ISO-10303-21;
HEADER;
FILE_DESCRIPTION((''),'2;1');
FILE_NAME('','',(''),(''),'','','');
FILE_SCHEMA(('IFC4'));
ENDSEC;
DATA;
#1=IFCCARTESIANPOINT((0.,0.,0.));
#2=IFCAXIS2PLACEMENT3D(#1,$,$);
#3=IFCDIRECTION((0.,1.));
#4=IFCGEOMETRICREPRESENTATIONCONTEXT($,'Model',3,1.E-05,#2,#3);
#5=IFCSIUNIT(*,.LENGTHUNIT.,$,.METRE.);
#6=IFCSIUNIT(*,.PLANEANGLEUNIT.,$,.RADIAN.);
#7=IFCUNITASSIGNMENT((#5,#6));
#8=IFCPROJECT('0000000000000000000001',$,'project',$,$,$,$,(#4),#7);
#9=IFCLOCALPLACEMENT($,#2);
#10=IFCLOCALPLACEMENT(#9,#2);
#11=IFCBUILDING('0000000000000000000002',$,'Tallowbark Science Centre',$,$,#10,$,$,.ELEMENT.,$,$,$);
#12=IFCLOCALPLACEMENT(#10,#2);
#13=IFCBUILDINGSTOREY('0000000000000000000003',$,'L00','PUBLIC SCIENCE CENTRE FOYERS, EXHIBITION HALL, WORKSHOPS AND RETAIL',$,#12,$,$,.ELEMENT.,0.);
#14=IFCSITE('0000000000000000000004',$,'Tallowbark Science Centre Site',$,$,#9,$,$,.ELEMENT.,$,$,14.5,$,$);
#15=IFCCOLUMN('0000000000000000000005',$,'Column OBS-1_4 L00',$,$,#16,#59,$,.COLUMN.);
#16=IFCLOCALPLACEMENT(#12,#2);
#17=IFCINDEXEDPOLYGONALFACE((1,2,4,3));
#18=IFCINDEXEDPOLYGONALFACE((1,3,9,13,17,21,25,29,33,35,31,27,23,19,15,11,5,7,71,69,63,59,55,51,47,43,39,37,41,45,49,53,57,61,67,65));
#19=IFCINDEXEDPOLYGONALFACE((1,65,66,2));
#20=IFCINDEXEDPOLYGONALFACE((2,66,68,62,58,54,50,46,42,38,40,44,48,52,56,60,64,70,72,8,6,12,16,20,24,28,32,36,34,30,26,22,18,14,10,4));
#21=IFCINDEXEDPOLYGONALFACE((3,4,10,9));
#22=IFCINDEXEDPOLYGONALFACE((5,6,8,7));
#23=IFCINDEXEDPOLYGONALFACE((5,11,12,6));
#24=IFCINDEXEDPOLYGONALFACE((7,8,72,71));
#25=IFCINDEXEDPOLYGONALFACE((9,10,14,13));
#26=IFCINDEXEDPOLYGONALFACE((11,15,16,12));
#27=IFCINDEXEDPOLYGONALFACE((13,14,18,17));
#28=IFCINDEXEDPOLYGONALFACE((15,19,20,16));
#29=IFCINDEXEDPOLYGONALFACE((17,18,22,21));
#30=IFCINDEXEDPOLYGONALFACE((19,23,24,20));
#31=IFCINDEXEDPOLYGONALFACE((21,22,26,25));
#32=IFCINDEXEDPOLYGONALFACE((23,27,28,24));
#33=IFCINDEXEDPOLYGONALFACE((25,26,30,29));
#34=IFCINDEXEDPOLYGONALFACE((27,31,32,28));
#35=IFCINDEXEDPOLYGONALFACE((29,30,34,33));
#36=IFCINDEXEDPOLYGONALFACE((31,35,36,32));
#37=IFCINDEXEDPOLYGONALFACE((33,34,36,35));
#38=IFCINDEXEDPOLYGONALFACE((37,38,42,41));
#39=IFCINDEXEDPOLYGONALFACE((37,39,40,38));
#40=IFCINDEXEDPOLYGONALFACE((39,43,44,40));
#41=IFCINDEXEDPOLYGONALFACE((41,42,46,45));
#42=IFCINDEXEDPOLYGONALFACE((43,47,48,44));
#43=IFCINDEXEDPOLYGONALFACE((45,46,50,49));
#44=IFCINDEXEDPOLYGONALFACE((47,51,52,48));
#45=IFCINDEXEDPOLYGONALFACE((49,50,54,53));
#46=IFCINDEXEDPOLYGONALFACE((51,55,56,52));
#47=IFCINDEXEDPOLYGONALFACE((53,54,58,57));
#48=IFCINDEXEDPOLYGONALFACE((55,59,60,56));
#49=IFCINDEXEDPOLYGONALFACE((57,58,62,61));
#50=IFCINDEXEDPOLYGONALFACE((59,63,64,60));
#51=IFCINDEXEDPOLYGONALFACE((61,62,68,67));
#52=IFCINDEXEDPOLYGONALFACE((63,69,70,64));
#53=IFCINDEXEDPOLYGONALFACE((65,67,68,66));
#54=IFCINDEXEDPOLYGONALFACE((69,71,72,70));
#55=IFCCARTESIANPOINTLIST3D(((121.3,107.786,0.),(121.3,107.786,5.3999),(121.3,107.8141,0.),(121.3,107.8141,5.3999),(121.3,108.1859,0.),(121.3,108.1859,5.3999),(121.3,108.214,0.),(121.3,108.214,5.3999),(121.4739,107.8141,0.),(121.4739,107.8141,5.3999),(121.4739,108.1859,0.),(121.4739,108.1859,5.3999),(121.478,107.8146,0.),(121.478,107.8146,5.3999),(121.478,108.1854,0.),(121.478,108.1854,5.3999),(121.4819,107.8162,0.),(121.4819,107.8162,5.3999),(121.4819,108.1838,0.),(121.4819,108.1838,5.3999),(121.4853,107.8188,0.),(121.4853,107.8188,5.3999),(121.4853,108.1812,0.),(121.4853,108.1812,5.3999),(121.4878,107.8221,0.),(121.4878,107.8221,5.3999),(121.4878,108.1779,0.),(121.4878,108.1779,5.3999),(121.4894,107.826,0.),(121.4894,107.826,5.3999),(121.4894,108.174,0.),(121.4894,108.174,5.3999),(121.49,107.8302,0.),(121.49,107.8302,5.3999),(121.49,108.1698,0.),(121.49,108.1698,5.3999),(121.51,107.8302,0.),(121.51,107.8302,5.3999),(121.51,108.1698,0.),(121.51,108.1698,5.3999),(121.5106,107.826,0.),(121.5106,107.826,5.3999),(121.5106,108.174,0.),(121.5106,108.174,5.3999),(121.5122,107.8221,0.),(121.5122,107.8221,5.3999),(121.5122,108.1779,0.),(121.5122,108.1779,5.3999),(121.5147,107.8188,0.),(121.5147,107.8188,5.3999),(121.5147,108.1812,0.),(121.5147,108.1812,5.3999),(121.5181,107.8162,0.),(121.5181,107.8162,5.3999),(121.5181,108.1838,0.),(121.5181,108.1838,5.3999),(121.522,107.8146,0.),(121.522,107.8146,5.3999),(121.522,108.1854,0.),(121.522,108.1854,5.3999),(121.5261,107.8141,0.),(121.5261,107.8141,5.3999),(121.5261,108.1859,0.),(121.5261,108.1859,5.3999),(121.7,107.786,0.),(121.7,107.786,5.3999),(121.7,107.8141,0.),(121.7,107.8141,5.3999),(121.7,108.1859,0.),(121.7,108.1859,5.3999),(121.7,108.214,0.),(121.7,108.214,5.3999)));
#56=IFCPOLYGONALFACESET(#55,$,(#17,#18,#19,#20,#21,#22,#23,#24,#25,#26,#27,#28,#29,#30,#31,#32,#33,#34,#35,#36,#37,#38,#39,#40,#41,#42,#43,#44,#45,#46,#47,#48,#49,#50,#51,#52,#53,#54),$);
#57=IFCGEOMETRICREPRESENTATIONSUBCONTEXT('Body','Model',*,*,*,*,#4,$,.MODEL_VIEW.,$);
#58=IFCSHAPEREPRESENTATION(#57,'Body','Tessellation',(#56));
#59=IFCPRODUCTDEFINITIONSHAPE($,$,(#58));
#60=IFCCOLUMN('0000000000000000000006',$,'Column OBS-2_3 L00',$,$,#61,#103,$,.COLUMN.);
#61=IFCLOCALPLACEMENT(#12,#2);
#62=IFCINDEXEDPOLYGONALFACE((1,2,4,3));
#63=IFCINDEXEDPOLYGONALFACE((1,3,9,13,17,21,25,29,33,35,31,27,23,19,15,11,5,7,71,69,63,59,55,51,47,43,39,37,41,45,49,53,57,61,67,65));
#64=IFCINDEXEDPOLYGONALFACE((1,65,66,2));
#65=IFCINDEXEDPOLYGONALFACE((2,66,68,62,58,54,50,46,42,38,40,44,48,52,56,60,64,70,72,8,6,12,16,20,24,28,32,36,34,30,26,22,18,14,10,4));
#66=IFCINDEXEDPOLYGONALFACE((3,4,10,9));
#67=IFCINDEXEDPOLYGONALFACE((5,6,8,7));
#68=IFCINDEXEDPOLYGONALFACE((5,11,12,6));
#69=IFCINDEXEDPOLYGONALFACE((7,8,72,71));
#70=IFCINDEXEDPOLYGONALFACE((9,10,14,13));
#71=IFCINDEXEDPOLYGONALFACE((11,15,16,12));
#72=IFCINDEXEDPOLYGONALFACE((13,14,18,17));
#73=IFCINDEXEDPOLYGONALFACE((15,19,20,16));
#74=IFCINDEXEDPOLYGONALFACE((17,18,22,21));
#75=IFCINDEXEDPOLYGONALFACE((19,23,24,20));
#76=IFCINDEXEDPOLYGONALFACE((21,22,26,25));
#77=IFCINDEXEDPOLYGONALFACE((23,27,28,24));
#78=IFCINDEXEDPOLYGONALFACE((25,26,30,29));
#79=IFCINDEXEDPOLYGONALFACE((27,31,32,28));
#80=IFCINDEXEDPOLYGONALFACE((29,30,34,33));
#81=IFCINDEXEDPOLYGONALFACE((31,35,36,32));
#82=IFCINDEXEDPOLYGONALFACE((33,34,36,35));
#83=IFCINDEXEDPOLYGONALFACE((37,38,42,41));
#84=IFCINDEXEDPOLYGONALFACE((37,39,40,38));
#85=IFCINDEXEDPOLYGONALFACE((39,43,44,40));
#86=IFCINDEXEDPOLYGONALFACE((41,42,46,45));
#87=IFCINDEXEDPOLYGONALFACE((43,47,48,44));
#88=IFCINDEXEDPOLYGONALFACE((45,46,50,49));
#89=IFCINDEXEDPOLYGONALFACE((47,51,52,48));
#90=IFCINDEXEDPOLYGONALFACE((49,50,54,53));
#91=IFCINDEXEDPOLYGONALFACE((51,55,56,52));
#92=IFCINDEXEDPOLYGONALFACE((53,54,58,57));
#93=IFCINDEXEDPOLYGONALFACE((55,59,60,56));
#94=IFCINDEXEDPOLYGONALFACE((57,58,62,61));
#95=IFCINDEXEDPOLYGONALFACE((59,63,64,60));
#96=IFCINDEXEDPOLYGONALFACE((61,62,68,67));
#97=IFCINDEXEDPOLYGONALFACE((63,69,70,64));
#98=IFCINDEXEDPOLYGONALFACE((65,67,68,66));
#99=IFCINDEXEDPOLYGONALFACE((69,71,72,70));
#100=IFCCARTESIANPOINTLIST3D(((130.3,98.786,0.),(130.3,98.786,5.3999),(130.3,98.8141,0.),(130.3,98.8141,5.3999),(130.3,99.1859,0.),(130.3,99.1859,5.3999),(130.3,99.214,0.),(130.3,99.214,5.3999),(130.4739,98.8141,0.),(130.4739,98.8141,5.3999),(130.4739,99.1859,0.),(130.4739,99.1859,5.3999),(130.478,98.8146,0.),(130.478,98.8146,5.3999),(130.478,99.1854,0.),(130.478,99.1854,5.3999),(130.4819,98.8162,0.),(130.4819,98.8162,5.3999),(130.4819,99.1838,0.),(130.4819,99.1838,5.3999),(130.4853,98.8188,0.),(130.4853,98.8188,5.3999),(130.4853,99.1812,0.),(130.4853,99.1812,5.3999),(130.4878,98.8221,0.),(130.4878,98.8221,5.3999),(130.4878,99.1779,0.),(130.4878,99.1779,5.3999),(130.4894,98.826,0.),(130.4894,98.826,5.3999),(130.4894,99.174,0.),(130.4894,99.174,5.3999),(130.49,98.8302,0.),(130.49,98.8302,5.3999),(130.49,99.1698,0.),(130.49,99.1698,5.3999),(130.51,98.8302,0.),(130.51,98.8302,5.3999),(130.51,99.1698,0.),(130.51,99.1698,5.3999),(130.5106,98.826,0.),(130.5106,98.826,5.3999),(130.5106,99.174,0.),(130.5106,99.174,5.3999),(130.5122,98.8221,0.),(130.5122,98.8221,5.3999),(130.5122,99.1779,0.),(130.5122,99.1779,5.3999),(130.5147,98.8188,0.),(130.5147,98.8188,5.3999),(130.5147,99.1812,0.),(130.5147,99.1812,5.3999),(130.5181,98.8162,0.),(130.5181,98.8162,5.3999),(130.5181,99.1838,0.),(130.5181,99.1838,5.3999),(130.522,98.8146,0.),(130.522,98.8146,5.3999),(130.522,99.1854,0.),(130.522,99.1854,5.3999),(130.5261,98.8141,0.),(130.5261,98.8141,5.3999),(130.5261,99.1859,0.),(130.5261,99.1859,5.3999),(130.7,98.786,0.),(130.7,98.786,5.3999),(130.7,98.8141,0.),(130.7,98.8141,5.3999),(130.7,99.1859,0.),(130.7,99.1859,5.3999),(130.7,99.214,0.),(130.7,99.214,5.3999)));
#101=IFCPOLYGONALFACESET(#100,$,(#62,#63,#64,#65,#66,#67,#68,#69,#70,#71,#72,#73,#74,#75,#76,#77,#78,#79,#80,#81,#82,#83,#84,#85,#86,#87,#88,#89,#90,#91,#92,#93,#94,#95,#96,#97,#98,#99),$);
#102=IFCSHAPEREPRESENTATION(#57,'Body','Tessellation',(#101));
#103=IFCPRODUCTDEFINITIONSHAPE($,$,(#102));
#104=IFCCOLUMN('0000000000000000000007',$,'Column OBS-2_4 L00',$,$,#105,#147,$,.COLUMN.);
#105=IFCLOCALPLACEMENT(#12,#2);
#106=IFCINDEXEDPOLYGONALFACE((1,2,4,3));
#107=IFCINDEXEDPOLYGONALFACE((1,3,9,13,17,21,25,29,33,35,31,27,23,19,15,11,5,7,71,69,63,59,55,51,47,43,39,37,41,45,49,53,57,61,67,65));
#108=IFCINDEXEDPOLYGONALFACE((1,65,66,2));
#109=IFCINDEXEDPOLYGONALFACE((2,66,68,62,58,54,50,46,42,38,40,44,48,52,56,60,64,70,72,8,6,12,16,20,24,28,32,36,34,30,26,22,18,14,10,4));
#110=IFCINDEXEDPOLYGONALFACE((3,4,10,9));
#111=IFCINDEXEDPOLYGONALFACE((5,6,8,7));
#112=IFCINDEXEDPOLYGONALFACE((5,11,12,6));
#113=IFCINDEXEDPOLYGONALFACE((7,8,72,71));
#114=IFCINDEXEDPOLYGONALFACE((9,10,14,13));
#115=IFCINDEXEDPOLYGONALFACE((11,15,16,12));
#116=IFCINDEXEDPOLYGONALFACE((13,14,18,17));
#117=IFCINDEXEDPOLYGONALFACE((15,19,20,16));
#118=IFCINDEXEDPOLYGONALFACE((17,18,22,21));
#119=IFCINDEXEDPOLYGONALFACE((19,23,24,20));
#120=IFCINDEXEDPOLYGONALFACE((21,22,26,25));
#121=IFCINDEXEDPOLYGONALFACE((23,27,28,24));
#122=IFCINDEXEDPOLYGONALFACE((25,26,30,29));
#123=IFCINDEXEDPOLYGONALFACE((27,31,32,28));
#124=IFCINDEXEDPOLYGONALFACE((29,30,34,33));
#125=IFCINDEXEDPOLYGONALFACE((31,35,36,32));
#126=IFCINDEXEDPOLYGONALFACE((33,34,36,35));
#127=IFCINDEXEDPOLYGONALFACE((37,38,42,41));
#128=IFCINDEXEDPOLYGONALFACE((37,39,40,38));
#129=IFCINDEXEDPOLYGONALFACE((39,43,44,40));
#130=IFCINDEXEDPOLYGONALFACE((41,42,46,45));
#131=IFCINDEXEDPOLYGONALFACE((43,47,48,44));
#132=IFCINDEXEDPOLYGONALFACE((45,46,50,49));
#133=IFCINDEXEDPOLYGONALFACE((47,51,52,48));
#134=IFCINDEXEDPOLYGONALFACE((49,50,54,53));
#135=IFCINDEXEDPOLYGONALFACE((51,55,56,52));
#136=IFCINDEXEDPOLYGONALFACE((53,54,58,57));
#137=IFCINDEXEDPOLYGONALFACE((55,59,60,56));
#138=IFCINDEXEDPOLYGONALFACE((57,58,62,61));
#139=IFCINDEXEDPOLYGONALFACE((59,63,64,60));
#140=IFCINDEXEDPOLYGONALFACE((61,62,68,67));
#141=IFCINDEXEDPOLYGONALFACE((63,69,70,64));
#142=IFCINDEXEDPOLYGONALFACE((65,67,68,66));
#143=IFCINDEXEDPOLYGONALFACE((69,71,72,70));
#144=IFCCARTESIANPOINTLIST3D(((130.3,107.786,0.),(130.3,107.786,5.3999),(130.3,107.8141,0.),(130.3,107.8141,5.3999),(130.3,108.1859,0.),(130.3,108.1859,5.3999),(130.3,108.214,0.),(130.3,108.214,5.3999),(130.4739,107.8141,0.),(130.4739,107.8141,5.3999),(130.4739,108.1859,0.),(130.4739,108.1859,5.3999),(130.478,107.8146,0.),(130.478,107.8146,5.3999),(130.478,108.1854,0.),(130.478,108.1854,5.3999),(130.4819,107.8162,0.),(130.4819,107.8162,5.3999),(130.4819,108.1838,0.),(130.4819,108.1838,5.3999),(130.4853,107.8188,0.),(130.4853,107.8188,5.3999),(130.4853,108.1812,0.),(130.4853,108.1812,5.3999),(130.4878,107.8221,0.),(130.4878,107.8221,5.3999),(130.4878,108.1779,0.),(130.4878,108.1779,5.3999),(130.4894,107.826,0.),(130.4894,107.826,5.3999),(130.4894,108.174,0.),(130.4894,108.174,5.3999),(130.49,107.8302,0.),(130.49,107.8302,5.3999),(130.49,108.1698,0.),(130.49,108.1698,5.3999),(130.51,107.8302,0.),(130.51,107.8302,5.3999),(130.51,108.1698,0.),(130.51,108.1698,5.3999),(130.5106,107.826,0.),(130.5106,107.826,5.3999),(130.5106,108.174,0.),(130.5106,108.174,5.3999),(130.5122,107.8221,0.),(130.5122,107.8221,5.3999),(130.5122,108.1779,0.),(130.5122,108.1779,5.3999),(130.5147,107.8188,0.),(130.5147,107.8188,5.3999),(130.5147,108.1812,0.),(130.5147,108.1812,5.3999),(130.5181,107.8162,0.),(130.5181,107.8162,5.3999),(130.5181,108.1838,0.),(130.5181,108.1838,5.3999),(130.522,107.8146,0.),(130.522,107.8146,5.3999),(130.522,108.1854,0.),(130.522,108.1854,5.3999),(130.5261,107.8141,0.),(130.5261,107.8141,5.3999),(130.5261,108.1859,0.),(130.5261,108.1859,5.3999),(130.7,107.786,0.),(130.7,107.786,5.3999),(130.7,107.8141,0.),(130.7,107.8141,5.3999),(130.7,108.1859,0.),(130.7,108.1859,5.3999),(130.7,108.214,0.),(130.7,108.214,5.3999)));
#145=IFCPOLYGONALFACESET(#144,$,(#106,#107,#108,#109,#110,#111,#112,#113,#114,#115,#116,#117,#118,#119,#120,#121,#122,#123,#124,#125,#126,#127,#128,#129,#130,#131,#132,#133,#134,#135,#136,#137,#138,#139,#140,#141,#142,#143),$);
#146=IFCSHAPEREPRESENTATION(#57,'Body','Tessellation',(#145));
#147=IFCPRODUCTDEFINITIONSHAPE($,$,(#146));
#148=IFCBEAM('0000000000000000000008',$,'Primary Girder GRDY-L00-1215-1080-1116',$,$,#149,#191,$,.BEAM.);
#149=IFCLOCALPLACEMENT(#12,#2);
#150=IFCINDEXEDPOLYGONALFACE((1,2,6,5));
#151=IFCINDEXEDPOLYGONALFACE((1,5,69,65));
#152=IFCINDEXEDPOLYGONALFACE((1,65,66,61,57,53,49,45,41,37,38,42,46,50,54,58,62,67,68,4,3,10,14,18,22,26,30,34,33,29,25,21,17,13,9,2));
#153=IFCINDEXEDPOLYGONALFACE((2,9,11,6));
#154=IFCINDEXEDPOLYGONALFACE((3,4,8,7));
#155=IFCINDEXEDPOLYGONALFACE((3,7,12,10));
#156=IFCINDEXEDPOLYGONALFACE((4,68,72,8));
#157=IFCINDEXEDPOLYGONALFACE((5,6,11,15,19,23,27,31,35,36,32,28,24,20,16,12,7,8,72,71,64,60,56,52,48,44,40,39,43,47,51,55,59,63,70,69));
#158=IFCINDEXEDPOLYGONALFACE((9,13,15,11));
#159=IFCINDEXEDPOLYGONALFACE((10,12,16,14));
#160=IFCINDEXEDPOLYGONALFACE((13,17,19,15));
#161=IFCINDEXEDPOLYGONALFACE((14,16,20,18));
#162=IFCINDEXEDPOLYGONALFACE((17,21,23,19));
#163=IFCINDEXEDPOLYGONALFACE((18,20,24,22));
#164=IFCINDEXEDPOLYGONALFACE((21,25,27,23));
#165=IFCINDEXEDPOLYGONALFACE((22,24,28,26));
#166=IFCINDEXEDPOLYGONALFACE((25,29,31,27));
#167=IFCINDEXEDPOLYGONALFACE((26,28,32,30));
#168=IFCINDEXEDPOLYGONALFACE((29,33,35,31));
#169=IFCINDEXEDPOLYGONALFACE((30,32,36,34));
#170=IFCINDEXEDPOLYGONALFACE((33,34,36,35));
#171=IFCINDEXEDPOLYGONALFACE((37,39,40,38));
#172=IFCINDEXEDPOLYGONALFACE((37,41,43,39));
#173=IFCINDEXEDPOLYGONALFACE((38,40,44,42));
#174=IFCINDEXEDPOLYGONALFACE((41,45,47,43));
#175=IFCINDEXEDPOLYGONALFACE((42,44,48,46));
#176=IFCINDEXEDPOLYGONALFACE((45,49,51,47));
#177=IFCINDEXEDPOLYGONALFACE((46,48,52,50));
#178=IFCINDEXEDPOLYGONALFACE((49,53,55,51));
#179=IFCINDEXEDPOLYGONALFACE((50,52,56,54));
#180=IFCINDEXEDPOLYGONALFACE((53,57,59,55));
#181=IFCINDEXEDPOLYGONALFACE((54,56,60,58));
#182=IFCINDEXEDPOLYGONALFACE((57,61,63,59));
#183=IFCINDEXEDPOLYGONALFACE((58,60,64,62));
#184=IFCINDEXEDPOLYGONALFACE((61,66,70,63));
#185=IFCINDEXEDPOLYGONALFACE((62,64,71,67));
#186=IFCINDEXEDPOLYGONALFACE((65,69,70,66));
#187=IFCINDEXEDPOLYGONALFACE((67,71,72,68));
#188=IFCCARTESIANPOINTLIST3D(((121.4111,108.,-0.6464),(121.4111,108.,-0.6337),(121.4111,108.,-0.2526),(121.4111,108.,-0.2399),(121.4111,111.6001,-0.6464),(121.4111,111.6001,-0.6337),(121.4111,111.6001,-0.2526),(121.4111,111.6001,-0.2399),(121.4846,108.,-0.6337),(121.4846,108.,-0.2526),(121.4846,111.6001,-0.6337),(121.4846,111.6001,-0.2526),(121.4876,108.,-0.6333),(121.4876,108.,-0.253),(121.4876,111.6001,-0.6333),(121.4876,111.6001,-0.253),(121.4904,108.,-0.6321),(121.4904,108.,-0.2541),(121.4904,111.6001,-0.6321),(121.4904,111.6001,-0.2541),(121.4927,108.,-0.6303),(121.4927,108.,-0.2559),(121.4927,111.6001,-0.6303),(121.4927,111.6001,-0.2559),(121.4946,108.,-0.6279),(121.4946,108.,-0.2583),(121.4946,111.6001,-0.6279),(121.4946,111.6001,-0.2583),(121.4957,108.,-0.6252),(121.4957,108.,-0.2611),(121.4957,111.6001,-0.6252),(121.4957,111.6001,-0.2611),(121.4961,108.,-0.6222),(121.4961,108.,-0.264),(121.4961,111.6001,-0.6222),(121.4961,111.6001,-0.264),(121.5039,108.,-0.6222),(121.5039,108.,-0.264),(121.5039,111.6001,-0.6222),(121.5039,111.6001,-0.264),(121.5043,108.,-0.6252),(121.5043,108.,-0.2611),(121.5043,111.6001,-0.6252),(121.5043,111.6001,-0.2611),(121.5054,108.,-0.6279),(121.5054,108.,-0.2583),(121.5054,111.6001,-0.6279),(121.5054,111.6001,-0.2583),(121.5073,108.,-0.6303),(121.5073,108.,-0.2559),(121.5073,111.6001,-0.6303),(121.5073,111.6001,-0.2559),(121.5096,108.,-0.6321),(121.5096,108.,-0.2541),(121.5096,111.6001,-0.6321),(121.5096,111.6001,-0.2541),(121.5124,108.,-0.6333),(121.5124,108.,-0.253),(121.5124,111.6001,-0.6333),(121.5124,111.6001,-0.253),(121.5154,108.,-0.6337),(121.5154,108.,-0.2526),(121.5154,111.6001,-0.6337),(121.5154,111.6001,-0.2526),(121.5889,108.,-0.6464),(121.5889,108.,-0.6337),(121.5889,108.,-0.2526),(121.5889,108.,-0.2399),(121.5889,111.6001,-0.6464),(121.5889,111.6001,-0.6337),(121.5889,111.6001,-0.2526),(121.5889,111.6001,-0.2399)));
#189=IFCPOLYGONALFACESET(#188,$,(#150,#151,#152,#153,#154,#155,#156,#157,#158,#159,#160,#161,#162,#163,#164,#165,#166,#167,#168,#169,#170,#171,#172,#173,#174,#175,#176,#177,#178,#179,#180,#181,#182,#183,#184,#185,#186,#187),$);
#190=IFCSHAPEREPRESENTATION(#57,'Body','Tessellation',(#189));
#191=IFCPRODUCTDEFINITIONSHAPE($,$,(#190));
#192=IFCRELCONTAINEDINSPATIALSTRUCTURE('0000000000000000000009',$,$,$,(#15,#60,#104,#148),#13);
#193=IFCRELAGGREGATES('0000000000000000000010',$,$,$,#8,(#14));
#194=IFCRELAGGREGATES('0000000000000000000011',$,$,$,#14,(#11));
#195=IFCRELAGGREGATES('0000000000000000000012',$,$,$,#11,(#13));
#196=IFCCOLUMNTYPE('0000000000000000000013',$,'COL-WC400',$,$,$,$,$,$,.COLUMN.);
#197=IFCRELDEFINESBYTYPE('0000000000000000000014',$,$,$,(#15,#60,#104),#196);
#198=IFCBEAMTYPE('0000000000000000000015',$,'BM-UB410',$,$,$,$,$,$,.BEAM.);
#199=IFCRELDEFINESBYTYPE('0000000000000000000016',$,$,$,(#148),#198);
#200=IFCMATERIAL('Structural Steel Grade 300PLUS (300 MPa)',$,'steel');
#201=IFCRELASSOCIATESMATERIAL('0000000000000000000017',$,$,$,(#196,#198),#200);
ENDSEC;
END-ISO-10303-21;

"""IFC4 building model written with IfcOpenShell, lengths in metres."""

from ifc_helpers import new_model, si_unit, direction, frame, origin, origin_2d, place, context, subcontext, project, spatial, i_section, extrude, material, material_profile, profile_set, type_object, element, save


model = new_model("IFC4")

# Units and contexts
model_context = context("Model", 3, precision=1e-05, world=origin(), true_north=direction((0.0, 1.0)))
body_context = subcontext(model_context, "Body", "Model", "MODEL_VIEW")
ifc_project = project(units=[si_unit("LENGTHUNIT", "METRE"), si_unit("PLANEANGLEUNIT", "RADIAN")], contexts=[model_context])

# Site, building, storey
site_placement = place(None, origin())
site = spatial("IfcSite", under=ifc_project, at=site_placement, Name="Tallowbark Science Centre Site", CompositionType="ELEMENT", RefElevation=14.5)
building_placement = place(site_placement, origin())
building = spatial("IfcBuilding", under=site, at=building_placement, Name="Tallowbark Science Centre", CompositionType="ELEMENT")
storey_placement = place(building_placement, origin())
storey = spatial("IfcBuildingStorey", under=building, at=storey_placement, Name="L00", Description="PUBLIC SCIENCE CENTRE FOYERS, EXHIBITION HALL, WORKSHOPS AND RETAIL", CompositionType="ELEMENT", Elevation=0.0)

# Columns
ifc_material_1 = material(Name="Structural Steel Grade 300PLUS (300 MPa)", Category="steel")
ifc_material_profile_1 = material_profile(ifc_material_1, i_section(OverallWidth=0.3999, OverallDepth=0.428, WebThickness=0.02, FlangeThickness=0.0281, FilletRadius=0.0161, at=origin_2d()), Name="400WC270")
ifc_profile_set_1 = profile_set([ifc_material_profile_1], Name="Structural Steel Grade 300PLUS (300 MPa)")
column_type = type_object("IfcColumnType", Name="COL-WC400", PredefinedType="COLUMN", material=ifc_profile_set_1)
for number, where, z_axis, x_axis, name in (
    (1, (121.5, 108.0, 0.0), (0.0, 0.0, 1.0), (1.0, 0.0, 0.0), "Column OBS-1_4 L00"),
    (2, (130.5, 99.0, 0.0), (0.0, 0.0, 1.0), (1.0, 0.0, 0.0), "Column OBS-2_3 L00"),
    (3, (130.5, 108.0, 0.0), (0.0, 0.0, 1.0), (1.0, 0.0, 0.0), "Column OBS-2_4 L00"),
):
    element("IfcColumn", number, at=place(storey_placement, frame(where, z_axis=z_axis, x_axis=x_axis)), inside=storey, type_object=column_type, Name=name, PredefinedType="COLUMN", context=body_context, shape_type="SweptSolid", body=[
        extrude(i_section(OverallWidth=0.3999, OverallDepth=0.428, WebThickness=0.02, FlangeThickness=0.0281, FilletRadius=0.0161, at=origin_2d()), origin(), (0.0, 0.0, 1.0), 5.3999),
    ])

# Beam
ifc_material_profile_2 = material_profile(ifc_material_1, i_section(OverallWidth=0.1777, OverallDepth=0.4065, WebThickness=0.0078, FlangeThickness=0.0127, FilletRadius=0.0115, at=origin_2d()), Name="410UB59.7")
ifc_profile_set_2 = profile_set([ifc_material_profile_2], Name="Structural Steel Grade 300PLUS (300 MPa)")
beam_type_1 = type_object("IfcBeamType", Name="BM-UB410", PredefinedType="BEAM", material=ifc_profile_set_2)
for number, where, z_axis, x_axis, name in (
    (4, (121.5, 108.0, -0.4431), (0.0, 1.0, 0.0), (-1.0, 0.0, 0.0), "Primary Girder GRDY-L00-1215-1080-1116"),
):
    element("IfcBeam", number, at=place(storey_placement, frame(where, z_axis=z_axis, x_axis=x_axis)), inside=storey, type_object=beam_type_1, Name=name, PredefinedType="BEAM", context=body_context, shape_type="SweptSolid", body=[
        extrude(i_section(OverallWidth=0.1777, OverallDepth=0.4065, WebThickness=0.0078, FlangeThickness=0.0127, FilletRadius=0.0115, at=origin_2d()), origin(), (0.0, 0.0, 1.0), 3.6001),
    ])

save(model, "model.ifc")
